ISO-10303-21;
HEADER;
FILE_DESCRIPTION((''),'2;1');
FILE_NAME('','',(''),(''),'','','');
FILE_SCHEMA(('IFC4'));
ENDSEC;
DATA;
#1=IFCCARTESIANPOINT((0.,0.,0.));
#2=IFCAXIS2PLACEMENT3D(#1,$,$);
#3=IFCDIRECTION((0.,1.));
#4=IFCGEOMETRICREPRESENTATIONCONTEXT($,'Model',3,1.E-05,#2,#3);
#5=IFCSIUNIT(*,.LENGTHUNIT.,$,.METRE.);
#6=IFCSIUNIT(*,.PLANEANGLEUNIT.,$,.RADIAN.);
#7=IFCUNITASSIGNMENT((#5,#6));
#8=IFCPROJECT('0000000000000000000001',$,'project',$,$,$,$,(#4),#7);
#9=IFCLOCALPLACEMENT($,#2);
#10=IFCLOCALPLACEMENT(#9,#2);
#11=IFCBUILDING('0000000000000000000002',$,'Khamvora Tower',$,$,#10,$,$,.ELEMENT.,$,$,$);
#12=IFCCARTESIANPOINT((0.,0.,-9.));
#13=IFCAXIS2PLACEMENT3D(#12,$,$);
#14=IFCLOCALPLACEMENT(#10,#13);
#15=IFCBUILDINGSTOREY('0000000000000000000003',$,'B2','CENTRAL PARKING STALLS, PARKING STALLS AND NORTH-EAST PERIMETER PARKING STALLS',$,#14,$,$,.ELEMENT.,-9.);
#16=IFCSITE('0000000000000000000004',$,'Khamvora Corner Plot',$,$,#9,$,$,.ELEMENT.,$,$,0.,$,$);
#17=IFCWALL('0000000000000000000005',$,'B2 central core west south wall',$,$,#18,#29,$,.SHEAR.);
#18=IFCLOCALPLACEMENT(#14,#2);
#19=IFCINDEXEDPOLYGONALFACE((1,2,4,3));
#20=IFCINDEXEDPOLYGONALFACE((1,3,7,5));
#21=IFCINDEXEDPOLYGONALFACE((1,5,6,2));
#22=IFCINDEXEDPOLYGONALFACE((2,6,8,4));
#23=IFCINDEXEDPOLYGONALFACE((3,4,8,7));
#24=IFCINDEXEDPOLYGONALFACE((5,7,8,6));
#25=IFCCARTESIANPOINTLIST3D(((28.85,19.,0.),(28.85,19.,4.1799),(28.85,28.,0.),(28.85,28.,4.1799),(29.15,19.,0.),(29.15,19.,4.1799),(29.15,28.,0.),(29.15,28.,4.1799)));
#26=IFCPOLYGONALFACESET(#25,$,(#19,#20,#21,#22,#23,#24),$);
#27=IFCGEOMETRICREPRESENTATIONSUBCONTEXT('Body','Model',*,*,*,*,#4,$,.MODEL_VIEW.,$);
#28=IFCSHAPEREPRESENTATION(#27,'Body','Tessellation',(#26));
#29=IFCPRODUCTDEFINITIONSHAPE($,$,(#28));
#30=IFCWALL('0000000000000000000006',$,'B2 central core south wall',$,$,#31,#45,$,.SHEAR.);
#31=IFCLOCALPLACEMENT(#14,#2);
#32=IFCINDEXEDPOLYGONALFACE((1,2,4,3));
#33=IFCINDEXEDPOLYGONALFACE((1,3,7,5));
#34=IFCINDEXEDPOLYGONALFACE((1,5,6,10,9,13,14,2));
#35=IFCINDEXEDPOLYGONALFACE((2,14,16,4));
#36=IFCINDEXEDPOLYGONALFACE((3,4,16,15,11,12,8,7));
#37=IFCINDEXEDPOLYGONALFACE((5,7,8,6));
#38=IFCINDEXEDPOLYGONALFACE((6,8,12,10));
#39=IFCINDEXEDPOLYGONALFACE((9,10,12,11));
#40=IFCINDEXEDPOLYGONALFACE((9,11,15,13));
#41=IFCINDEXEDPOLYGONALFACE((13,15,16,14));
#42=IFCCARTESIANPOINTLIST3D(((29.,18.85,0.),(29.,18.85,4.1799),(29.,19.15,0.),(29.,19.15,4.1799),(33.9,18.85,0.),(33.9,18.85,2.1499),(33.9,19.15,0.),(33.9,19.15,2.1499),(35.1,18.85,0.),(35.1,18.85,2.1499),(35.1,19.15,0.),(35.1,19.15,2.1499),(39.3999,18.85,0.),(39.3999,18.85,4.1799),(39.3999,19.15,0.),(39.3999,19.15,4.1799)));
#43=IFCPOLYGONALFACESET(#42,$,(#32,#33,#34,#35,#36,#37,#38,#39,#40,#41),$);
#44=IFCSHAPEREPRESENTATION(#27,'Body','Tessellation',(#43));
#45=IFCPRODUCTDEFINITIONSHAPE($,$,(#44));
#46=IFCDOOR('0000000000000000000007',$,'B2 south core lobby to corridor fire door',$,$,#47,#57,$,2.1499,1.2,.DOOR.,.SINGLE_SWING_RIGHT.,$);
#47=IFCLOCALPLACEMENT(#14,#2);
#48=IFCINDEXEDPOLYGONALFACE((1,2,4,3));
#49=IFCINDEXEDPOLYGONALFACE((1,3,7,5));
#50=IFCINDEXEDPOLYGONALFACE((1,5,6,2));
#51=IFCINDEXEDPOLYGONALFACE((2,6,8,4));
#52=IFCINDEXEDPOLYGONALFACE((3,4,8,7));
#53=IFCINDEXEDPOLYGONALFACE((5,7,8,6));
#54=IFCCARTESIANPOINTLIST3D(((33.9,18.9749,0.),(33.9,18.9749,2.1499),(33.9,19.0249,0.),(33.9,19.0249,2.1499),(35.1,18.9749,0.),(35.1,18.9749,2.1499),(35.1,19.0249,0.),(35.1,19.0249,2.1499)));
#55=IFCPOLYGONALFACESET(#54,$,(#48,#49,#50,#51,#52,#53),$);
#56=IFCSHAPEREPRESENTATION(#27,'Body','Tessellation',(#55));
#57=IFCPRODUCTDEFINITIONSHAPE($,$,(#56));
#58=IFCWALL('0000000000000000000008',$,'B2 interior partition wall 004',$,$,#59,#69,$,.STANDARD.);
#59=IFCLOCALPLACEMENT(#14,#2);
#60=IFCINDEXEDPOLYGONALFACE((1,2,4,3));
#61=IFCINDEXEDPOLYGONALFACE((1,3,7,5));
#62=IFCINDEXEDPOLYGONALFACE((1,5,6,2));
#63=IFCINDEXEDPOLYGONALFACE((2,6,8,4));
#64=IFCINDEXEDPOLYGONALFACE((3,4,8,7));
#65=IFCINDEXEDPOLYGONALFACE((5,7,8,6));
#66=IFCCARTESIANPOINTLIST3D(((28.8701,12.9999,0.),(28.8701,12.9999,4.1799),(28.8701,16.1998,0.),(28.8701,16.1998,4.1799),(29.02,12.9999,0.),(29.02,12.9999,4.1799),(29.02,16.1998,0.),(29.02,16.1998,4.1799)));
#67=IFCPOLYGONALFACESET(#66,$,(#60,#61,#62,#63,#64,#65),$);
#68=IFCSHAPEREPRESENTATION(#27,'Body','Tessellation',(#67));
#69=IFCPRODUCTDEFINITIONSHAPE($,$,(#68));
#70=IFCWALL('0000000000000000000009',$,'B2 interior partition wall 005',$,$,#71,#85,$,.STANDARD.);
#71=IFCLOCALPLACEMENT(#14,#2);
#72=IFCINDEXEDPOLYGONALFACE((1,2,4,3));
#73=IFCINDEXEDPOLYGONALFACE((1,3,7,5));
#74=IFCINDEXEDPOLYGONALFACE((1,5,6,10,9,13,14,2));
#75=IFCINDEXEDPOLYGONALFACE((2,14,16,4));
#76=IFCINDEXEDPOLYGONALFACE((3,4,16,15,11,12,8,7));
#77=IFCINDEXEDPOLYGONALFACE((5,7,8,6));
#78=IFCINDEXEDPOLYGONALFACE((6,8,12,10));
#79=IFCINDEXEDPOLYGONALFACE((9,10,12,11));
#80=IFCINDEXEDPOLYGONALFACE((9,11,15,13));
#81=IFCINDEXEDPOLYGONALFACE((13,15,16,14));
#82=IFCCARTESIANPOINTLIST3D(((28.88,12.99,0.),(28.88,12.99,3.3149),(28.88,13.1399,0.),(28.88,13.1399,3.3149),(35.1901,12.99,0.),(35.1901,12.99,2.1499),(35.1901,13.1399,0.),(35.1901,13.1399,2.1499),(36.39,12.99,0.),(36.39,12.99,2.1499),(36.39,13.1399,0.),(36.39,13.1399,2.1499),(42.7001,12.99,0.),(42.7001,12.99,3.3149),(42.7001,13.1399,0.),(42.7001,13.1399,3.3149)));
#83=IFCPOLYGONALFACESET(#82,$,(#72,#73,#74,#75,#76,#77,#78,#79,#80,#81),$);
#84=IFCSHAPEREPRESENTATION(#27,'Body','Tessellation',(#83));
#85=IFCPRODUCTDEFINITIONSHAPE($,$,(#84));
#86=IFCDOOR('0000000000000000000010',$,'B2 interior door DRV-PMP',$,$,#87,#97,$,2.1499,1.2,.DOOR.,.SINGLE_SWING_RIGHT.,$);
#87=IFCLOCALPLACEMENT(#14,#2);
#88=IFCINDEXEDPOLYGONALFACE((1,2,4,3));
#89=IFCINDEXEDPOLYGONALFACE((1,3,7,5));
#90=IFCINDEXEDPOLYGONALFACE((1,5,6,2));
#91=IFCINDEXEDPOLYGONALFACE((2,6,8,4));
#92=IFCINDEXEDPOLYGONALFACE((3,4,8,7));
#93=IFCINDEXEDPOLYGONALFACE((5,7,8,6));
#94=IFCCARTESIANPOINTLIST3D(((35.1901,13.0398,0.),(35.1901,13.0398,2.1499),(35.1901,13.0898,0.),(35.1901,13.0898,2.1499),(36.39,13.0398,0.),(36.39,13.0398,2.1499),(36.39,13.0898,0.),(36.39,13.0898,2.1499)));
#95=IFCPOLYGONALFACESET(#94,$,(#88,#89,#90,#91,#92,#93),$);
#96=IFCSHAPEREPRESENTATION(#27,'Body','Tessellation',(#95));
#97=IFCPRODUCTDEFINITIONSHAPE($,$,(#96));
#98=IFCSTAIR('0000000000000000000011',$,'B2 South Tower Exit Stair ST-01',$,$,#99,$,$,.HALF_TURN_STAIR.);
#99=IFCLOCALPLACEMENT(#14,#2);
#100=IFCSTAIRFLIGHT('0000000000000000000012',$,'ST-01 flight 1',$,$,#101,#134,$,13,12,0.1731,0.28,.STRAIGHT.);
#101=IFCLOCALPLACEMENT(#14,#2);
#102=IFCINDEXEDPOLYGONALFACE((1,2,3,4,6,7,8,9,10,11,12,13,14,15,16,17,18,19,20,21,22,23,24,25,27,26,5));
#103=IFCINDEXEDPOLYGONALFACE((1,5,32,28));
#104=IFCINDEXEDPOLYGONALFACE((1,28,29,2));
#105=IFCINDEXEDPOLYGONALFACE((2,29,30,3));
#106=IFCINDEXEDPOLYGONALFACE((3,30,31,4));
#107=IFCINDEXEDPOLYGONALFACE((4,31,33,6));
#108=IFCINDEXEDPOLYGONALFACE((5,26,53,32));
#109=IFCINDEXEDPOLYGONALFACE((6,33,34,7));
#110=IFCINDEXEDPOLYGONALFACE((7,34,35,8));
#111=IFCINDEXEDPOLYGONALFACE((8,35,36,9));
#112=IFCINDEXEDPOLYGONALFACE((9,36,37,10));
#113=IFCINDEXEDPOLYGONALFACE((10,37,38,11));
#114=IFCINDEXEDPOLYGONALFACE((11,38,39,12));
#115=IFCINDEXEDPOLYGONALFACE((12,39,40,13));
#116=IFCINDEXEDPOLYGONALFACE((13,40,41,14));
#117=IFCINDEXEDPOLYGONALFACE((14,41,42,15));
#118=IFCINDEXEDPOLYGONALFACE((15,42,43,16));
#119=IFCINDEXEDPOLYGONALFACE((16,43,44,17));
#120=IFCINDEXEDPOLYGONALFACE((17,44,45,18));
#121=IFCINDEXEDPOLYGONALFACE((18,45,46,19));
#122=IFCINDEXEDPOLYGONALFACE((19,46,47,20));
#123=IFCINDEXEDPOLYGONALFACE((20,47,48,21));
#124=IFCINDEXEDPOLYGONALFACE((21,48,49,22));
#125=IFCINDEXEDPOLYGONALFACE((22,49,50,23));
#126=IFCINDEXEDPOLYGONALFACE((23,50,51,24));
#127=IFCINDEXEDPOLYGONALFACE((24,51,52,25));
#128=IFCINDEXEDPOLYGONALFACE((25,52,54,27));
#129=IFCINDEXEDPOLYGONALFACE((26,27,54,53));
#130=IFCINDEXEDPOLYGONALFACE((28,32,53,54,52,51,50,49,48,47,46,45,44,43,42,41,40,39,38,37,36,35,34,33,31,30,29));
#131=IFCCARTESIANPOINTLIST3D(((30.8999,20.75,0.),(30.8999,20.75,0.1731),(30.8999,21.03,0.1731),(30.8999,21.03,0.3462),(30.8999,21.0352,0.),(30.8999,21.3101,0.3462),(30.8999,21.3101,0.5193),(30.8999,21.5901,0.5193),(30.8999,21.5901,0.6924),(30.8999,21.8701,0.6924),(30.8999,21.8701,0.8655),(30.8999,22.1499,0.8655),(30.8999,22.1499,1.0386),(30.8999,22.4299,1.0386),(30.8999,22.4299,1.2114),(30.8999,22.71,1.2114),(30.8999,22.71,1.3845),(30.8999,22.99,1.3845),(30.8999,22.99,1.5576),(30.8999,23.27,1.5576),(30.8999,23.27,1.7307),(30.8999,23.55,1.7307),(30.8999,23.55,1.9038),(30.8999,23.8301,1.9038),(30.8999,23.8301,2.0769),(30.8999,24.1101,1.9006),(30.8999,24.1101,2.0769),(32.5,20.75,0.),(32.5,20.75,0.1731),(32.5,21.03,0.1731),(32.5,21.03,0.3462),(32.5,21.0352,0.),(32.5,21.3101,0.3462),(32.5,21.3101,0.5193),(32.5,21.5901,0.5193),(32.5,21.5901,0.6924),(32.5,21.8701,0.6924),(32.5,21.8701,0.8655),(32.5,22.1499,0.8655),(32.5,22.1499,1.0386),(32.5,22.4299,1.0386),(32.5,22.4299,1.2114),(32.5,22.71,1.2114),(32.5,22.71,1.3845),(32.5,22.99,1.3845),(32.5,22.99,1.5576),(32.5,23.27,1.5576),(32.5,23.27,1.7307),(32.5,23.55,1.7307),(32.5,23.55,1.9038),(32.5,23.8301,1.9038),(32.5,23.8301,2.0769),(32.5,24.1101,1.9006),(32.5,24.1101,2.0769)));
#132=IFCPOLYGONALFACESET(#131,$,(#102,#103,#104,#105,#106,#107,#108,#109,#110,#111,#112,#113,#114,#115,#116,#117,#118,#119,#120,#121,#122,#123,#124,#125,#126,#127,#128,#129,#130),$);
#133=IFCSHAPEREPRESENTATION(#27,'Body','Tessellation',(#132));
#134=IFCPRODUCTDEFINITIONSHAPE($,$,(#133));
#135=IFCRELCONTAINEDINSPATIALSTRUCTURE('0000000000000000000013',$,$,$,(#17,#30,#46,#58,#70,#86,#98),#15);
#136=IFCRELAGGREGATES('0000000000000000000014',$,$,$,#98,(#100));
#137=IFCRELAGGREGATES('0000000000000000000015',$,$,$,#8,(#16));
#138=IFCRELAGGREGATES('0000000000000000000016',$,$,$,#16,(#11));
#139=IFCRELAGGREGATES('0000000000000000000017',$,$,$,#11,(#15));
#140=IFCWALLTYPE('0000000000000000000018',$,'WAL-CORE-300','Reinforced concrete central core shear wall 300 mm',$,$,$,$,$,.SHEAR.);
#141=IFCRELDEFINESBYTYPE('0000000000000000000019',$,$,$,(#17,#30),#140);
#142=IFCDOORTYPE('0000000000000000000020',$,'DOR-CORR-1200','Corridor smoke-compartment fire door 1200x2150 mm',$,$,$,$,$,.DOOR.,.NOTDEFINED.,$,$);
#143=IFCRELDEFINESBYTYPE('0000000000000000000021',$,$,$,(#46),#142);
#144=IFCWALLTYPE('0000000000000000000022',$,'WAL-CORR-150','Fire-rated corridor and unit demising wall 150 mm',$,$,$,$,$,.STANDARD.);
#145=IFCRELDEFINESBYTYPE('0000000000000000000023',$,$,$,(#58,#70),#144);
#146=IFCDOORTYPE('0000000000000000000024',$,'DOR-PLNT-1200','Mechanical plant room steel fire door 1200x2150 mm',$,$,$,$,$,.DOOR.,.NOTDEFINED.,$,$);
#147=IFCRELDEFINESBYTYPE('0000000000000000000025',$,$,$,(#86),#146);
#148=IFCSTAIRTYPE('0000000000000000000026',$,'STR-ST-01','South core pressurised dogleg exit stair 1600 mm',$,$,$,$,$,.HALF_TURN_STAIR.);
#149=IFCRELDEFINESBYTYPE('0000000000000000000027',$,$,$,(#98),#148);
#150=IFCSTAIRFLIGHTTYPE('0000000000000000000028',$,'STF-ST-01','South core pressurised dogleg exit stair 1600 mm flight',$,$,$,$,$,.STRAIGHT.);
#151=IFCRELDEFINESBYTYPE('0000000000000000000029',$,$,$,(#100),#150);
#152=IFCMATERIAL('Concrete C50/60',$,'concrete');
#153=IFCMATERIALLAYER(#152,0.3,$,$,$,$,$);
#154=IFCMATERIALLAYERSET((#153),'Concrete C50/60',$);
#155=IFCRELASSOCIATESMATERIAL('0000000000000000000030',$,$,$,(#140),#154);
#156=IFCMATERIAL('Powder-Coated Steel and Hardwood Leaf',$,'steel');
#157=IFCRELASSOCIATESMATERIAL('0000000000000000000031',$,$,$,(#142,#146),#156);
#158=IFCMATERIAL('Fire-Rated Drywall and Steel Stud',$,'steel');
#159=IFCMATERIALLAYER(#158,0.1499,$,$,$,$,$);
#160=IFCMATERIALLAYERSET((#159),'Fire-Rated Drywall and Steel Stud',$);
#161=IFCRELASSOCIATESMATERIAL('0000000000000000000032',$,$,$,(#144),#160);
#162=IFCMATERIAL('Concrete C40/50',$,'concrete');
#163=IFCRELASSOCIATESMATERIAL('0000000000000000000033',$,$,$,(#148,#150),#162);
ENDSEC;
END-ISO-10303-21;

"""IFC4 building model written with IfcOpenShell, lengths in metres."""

from ifc_helpers import new_model, si_unit, direction, frame, frame_2d, origin, place, context, subcontext, project, spatial, polyline, rectangle, outline, extrude, material, layer, layer_set, type_object, element, fill, aggregate, save


model = new_model("IFC4")

# Units and contexts
model_context = context("Model", 3, precision=1e-05, world=origin(), true_north=direction((0.0, 1.0)))
body_context = subcontext(model_context, "Body", "Model", "MODEL_VIEW")
ifc_project = project(units=[si_unit("LENGTHUNIT", "METRE"), si_unit("PLANEANGLEUNIT", "RADIAN")], contexts=[model_context])

# Site, building, storey
site_placement = place(None, origin())
site = spatial("IfcSite", under=ifc_project, at=site_placement, Name="Khamvora Corner Plot", CompositionType="ELEMENT", RefElevation=0.0)
building_placement = place(site_placement, origin())
building = spatial("IfcBuilding", under=site, at=building_placement, Name="Khamvora Tower", CompositionType="ELEMENT")
storey_placement = place(building_placement, frame((0.0, 0.0, -9.0)))
storey = spatial("IfcBuildingStorey", under=building, at=storey_placement, Name="B2", Description="CENTRAL PARKING STALLS, PARKING STALLS AND NORTH-EAST PERIMETER PARKING STALLS", CompositionType="ELEMENT", Elevation=-9.0)

# Shared definitions
ifc_material_1 = material(Name="Concrete C40/50", Category="concrete")

# Wall
ifc_material_2 = material(Name="Concrete C50/60", Category="concrete")
ifc_layer_1 = layer(ifc_material_2, 0.3)
ifc_layer_set_1 = layer_set([ifc_layer_1], Name="Concrete C50/60")
wall_type_1 = type_object("IfcWallType", Name="WAL-CORE-300", Description="Reinforced concrete central core shear wall 300 mm", PredefinedType="SHEAR", material=ifc_layer_set_1)
wall_1_placement = place(storey_placement, frame((29.0, 19.0, 0.0), z_axis=(0.0, 0.0, 1.0), x_axis=(0.0, 1.0, 0.0)))
element("IfcWall", 1, at=wall_1_placement, inside=storey, type_object=wall_type_1, Name="B2 central core west south wall", PredefinedType="SHEAR", context=body_context, shape_type="SweptSolid", body=[
    extrude(rectangle(XDim=9.0, YDim=0.3, at=frame_2d((4.5, 0.0))), origin(), (0.0, 0.0, 1.0), 4.1799),
])

# Wall, opening, door
wall_2_placement = place(storey_placement, frame((29.0, 19.0, 0.0), z_axis=(0.0, 0.0, 1.0), x_axis=(1.0, 0.0, 0.0)))
wall_2 = element("IfcWall", 2, at=wall_2_placement, inside=storey, type_object=wall_type_1, Name="B2 central core south wall", PredefinedType="SHEAR", context=body_context, shape_type="SweptSolid", body=[
    extrude(rectangle(XDim=10.3999, YDim=0.3, at=frame_2d((5.2, 0.0))), origin(), (0.0, 0.0, 1.0), 4.1799),
])
opening_1_placement = place(wall_2_placement, frame((4.8999, 0.0, 0.0)))
opening_1 = element("IfcOpeningElement", 3, at=opening_1_placement, cuts=wall_2, PredefinedType="OPENING", context=body_context, shape_type="SweptSolid", body=[
    extrude(rectangle(XDim=1.2, YDim=2.1499, at=frame_2d((0.6001, 1.075))), frame((0.0, 0.1599, 0.0), z_axis=(0.0, -1.0, 0.0), x_axis=(1.0, 0.0, 0.0)), (0.0, 0.0, 1.0), 0.3201),
])
ifc_material_3 = material(Name="Powder-Coated Steel and Hardwood Leaf", Category="steel")
door_type_1 = type_object("IfcDoorType", Name="DOR-CORR-1200", Description="Corridor smoke-compartment fire door 1200x2150 mm", OperationType="NOTDEFINED", PredefinedType="DOOR", material=ifc_material_3)
door_1_placement = place(opening_1_placement, origin())
door_1 = element("IfcDoor", 4, at=door_1_placement, inside=storey, type_object=door_type_1, Name="B2 south core lobby to corridor fire door", OperationType="SINGLE_SWING_RIGHT", OverallHeight=2.1499, OverallWidth=1.2, PredefinedType="DOOR", context=body_context, shape_type="SweptSolid", body=[
    extrude(rectangle(XDim=1.2, YDim=2.1499, at=frame_2d((0.6001, 1.075))), frame((0.0, 0.0249, 0.0), z_axis=(0.0, -1.0, 0.0), x_axis=(1.0, 0.0, 0.0)), (0.0, 0.0, 1.0), 0.05),
])
fill(opening_1, door_1)

# Wall
ifc_material_4 = material(Name="Fire-Rated Drywall and Steel Stud", Category="steel")
ifc_layer_2 = layer(ifc_material_4, 0.1499)
ifc_layer_set_2 = layer_set([ifc_layer_2], Name="Fire-Rated Drywall and Steel Stud")
wall_type_2 = type_object("IfcWallType", Name="WAL-CORR-150", Description="Fire-rated corridor and unit demising wall 150 mm", PredefinedType="STANDARD", material=ifc_layer_set_2)
wall_3_placement = place(storey_placement, frame((28.9451, 16.2, 0.0), z_axis=(0.0, 0.0, 1.0), x_axis=(0.0, -1.0, 0.0)))
element("IfcWall", 5, at=wall_3_placement, inside=storey, type_object=wall_type_2, Name="B2 interior partition wall 004", PredefinedType="STANDARD", context=body_context, shape_type="SweptSolid", body=[
    extrude(rectangle(XDim=3.2, YDim=0.1499, at=frame_2d((1.6001, 0.0))), origin(), (0.0, 0.0, 1.0), 4.1799),
])

# Wall, opening, door
wall_4_placement = place(storey_placement, frame((28.8799, 13.0649, 0.0), z_axis=(0.0, 0.0, 1.0), x_axis=(1.0, 0.0, 0.0)))
wall_4 = element("IfcWall", 6, at=wall_4_placement, inside=storey, type_object=wall_type_2, Name="B2 interior partition wall 005", PredefinedType="STANDARD", context=body_context, shape_type="SweptSolid", body=[
    extrude(rectangle(XDim=13.8201, YDim=0.1499, at=frame_2d((6.9102, 0.0))), origin(), (0.0, 0.0, 1.0), 3.3149),
])
opening_2_placement = place(wall_4_placement, frame((6.3101, 0.0, 0.0)))
opening_2 = element("IfcOpeningElement", 7, at=opening_2_placement, cuts=wall_4, PredefinedType="OPENING", context=body_context, shape_type="SweptSolid", body=[
    extrude(rectangle(XDim=1.2, YDim=2.1499, at=frame_2d((0.6001, 1.075))), frame((0.0, 0.085, 0.0), z_axis=(0.0, -1.0, 0.0), x_axis=(1.0, 0.0, 0.0)), (0.0, 0.0, 1.0), 0.1699),
])
door_type_2 = type_object("IfcDoorType", Name="DOR-PLNT-1200", Description="Mechanical plant room steel fire door 1200x2150 mm", OperationType="NOTDEFINED", PredefinedType="DOOR", material=ifc_material_3)
door_2_placement = place(opening_2_placement, origin())
door_2 = element("IfcDoor", 8, at=door_2_placement, inside=storey, type_object=door_type_2, Name="B2 interior door DRV-PMP", OperationType="SINGLE_SWING_RIGHT", OverallHeight=2.1499, OverallWidth=1.2, PredefinedType="DOOR", context=body_context, shape_type="SweptSolid", body=[
    extrude(rectangle(XDim=1.2, YDim=2.1499, at=frame_2d((0.6001, 1.075))), frame((0.0, 0.0249, 0.0), z_axis=(0.0, -1.0, 0.0), x_axis=(1.0, 0.0, 0.0)), (0.0, 0.0, 1.0), 0.05),
])
fill(opening_2, door_2)

# Stair, stair flight
stair_type = type_object("IfcStairType", Name="STR-ST-01", Description="South core pressurised dogleg exit stair 1600 mm", PredefinedType="HALF_TURN_STAIR", material=ifc_material_1)
stair_placement = place(storey_placement, origin())
stair = element("IfcStair", 9, at=stair_placement, inside=storey, type_object=stair_type, Name="B2 South Tower Exit Stair ST-01", PredefinedType="HALF_TURN_STAIR")
stair_flight_type = type_object("IfcStairFlightType", Name="STF-ST-01", Description="South core pressurised dogleg exit stair 1600 mm flight", PredefinedType="STRAIGHT", material=ifc_material_1)
stair_flight_placement = place(storey_placement, frame((31.7, 20.75, 0.0), z_axis=(0.0, 0.0, 1.0), x_axis=(0.0, 1.0, 0.0)))
stair_flight = element("IfcStairFlight", 10, at=stair_flight_placement, type_object=stair_flight_type, Name="ST-01 flight 1", NumberOfRisers=13, NumberOfTreads=12, PredefinedType="STRAIGHT", RiserHeight=0.1731, TreadLength=0.28, context=body_context, shape_type="SweptSolid", body=[
    extrude(outline(polyline([(0.0, 0.0), (0.0, 0.1731), (0.28, 0.1731), (0.28, 0.3462), (0.5601, 0.3462), (0.5601, 0.5193), (0.8401, 0.5193), (0.8401, 0.6924), (1.1201, 0.6924), (1.1201, 0.8655), (1.3999, 0.8655), (1.3999, 1.0386), (1.6799, 1.0386), (1.6799, 1.2114), (1.96, 1.2114), (1.96, 1.3845), (2.24, 1.3845), (2.24, 1.5576), (2.52, 1.5576), (2.52, 1.7307), (2.8, 1.7307), (2.8, 1.9038), (3.0801, 1.9038), (3.0801, 2.0769), (3.3601, 2.0769), (3.3601, 2.25), (3.3601, 1.9006), (0.2852, 0.0), (0.0, 0.0)])), frame((0.0, 0.8, 0.0), z_axis=(0.0, -1.0, 0.0), x_axis=(1.0, 0.0, 0.0)), (0.0, 0.0, 1.0), 1.6001),
])
aggregate(stair, [stair_flight])

save(model, "model.ifc")
